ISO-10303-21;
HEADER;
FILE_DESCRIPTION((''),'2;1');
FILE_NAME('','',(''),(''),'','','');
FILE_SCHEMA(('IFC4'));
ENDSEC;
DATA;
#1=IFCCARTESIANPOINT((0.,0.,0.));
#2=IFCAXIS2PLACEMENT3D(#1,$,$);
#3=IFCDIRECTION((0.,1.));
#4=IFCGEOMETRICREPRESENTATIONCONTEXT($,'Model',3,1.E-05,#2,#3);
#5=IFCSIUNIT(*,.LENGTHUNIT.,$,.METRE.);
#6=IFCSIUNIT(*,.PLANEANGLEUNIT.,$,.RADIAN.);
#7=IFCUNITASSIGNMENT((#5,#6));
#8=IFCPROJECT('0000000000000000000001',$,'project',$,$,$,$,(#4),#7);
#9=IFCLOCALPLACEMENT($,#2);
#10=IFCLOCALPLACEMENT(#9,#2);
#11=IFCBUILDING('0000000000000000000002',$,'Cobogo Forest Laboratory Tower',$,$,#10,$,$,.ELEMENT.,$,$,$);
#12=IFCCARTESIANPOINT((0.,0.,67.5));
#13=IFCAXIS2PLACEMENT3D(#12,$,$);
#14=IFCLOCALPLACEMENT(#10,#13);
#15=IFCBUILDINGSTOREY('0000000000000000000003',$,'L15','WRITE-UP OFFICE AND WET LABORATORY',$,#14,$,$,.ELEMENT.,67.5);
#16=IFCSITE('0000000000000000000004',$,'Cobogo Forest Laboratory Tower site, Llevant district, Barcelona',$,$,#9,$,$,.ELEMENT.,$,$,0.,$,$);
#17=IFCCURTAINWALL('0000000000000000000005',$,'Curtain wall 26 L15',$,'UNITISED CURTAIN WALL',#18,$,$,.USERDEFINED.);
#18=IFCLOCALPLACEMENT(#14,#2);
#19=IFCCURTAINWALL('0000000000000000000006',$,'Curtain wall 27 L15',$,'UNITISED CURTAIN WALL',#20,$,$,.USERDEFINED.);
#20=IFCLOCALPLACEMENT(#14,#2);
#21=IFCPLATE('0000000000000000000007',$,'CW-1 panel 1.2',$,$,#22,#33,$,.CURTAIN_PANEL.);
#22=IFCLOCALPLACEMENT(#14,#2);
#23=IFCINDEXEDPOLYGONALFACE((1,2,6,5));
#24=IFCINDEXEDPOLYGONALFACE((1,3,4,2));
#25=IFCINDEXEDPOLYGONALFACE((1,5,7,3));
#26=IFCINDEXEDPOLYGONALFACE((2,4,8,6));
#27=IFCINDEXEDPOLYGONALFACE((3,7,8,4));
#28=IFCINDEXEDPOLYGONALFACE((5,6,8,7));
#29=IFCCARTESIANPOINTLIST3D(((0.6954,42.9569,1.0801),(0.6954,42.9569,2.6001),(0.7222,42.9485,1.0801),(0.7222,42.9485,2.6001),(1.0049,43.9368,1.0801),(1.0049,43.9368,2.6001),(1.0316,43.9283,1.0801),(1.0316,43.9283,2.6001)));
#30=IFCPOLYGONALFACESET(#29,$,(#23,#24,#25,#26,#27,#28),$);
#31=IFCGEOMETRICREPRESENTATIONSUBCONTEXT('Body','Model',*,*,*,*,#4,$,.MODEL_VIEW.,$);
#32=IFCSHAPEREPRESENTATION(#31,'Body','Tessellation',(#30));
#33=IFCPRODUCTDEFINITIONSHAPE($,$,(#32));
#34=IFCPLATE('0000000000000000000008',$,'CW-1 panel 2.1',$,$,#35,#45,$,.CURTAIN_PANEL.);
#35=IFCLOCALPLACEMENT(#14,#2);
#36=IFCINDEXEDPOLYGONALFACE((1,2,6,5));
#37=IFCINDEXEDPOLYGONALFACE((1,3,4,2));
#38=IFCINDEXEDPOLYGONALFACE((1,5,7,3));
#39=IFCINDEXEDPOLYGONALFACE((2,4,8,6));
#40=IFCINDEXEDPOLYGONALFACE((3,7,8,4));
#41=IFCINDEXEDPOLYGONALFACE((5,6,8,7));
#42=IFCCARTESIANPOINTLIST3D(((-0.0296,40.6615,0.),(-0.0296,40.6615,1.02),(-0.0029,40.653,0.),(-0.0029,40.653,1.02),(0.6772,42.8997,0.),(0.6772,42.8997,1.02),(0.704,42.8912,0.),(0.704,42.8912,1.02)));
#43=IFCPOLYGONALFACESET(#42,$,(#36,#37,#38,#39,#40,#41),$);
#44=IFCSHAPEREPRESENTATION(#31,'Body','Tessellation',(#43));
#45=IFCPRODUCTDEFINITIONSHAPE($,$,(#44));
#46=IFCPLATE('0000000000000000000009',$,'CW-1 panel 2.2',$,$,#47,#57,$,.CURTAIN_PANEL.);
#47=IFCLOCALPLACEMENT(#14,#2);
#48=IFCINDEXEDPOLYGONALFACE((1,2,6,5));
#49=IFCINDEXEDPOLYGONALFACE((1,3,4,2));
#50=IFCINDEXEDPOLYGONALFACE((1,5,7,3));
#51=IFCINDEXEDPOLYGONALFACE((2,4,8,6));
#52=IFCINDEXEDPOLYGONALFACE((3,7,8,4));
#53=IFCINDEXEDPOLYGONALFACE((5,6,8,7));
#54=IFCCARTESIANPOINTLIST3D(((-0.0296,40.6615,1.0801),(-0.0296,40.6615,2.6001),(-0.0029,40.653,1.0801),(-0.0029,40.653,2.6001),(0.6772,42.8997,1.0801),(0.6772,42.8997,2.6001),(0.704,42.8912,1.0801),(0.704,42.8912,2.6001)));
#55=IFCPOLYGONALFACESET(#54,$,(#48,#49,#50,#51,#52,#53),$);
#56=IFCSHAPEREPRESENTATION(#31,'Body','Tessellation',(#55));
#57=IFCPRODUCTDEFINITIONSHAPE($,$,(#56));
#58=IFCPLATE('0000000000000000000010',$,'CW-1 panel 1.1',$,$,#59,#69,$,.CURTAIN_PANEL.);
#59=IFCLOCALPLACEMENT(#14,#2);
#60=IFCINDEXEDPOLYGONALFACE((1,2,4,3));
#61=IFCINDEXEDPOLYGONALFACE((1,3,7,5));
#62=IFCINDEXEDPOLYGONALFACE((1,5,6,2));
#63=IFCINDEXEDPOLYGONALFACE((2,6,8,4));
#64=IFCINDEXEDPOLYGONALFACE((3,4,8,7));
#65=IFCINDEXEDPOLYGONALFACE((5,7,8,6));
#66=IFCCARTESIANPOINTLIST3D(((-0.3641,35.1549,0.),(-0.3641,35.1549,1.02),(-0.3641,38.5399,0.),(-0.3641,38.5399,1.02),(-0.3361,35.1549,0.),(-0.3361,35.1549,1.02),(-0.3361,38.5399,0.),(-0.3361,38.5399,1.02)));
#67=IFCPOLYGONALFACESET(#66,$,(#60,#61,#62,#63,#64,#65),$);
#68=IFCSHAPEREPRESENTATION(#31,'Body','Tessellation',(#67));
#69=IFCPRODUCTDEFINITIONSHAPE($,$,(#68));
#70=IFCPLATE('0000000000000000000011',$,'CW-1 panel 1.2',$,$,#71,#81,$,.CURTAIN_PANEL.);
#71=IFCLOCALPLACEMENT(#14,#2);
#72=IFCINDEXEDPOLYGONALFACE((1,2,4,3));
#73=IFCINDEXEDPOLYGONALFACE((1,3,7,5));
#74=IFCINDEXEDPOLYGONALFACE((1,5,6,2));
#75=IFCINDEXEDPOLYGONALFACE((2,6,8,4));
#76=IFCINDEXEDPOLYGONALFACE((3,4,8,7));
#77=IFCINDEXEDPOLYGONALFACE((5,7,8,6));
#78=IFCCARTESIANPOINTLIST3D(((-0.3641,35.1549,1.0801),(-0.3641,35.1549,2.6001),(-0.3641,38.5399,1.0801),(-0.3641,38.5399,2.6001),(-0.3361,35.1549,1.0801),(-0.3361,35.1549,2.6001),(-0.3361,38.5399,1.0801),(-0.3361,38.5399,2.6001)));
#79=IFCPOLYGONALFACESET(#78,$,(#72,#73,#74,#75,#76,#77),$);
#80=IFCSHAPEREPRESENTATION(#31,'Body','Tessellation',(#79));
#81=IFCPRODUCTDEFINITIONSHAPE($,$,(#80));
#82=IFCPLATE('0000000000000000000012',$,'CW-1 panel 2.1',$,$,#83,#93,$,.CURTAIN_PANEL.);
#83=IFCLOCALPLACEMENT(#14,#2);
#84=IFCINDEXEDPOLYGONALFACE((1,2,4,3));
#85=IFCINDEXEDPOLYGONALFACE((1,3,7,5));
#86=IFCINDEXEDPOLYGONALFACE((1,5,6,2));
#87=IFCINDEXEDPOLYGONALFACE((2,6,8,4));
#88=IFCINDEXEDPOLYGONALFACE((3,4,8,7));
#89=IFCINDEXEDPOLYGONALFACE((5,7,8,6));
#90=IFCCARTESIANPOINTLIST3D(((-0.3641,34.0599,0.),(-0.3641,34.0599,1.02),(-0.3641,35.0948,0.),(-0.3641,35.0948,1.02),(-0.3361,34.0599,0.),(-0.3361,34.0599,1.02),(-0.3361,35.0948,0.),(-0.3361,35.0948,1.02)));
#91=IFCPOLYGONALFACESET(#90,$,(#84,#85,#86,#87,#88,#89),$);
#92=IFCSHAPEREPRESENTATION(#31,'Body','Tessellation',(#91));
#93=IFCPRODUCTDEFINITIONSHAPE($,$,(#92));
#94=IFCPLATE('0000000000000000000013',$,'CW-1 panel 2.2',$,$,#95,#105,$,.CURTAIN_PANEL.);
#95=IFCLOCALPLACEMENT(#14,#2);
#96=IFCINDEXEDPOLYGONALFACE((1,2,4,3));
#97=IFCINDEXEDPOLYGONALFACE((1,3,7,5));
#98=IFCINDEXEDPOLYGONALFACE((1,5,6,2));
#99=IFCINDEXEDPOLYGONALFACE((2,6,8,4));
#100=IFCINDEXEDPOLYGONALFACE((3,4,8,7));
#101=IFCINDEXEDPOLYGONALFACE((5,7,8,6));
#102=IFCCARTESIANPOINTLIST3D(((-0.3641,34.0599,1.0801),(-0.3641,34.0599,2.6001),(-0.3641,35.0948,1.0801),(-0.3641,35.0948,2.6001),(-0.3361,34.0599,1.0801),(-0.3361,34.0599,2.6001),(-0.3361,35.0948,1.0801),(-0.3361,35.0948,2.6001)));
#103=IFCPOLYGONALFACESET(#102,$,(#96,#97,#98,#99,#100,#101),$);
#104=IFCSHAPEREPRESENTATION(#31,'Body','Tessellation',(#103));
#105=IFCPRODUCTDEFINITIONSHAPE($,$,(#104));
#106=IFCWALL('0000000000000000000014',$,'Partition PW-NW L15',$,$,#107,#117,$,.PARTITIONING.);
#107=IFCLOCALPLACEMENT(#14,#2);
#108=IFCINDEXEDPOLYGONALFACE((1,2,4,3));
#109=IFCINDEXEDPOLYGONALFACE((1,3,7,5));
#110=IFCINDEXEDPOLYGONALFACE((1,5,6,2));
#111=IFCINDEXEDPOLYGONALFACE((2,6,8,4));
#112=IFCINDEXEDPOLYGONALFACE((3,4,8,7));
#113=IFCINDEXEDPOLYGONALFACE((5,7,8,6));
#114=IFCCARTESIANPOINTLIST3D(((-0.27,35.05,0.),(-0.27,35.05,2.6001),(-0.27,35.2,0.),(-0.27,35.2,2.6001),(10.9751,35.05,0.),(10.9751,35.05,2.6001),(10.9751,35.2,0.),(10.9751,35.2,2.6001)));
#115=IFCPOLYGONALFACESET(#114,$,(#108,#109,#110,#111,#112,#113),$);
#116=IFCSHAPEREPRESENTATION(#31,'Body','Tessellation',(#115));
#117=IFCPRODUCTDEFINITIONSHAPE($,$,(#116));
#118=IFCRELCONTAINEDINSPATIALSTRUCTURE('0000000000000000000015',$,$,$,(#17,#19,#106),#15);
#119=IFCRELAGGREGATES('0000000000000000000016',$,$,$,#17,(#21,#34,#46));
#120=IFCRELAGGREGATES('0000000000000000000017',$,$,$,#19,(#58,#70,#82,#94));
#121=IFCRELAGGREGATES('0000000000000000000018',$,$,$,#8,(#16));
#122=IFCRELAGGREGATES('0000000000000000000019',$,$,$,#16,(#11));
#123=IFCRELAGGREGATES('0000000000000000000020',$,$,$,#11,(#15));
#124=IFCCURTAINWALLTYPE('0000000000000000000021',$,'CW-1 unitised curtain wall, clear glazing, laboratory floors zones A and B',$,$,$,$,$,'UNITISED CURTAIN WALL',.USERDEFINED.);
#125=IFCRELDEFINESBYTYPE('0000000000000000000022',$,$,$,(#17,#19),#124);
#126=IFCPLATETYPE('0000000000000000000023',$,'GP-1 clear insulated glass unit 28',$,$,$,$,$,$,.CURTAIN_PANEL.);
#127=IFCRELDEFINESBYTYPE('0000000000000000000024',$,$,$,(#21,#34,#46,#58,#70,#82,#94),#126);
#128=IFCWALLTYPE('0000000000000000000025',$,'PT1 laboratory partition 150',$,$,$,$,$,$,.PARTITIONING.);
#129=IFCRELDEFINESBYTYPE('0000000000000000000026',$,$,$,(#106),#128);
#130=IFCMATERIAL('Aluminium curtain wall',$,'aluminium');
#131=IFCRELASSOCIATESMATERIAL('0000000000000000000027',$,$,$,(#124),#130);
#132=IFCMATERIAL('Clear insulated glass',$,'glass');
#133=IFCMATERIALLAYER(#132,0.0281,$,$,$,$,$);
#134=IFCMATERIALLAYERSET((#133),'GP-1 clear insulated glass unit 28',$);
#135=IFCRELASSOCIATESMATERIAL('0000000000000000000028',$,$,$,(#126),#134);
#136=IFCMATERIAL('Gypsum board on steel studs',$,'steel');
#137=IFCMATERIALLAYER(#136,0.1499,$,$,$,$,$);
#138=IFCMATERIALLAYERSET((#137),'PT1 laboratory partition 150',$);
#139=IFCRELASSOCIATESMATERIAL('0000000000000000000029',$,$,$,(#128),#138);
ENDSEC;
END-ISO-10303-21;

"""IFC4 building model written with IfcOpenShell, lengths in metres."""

from ifc_helpers import new_model, si_unit, direction, frame, frame_2d, origin, origin_2d, place, context, subcontext, project, spatial, rectangle, extrude, material, layer, layer_set, type_object, element, aggregate, save


model = new_model("IFC4")

# Units and contexts
model_context = context("Model", 3, precision=1e-05, world=origin(), true_north=direction((0.0, 1.0)))
body_context = subcontext(model_context, "Body", "Model", "MODEL_VIEW")
ifc_project = project(units=[si_unit("LENGTHUNIT", "METRE"), si_unit("PLANEANGLEUNIT", "RADIAN")], contexts=[model_context])

# Site, building, storey
site_placement = place(None, origin())
site = spatial("IfcSite", under=ifc_project, at=site_placement, Name="Cobogo Forest Laboratory Tower site, Llevant district, Barcelona", CompositionType="ELEMENT", RefElevation=0.0)
building_placement = place(site_placement, origin())
building = spatial("IfcBuilding", under=site, at=building_placement, Name="Cobogo Forest Laboratory Tower", CompositionType="ELEMENT")
storey_placement = place(building_placement, frame((0.0, 0.0, 67.5)))
storey = spatial("IfcBuildingStorey", under=building, at=storey_placement, Name="L15", Description="WRITE-UP OFFICE AND WET LABORATORY", CompositionType="ELEMENT", Elevation=67.5)

# Shared definitions
ifc_material_1 = material(Name="Aluminium curtain wall", Category="aluminium")
curtain_wall_type = type_object("IfcCurtainWallType", Name="CW-1 unitised curtain wall, clear glazing, laboratory floors zones A and B", ElementType="UNITISED CURTAIN WALL", PredefinedType="USERDEFINED", material=ifc_material_1)

# Curtain walls
curtain_wall_1_placement = place(storey_placement, origin())
curtain_wall_1 = element("IfcCurtainWall", 1, at=curtain_wall_1_placement, inside=storey, type_object=curtain_wall_type, Name="Curtain wall 26 L15", ObjectType="UNITISED CURTAIN WALL", PredefinedType="USERDEFINED")
curtain_wall_2_placement = place(storey_placement, origin())
curtain_wall_2 = element("IfcCurtainWall", 2, at=curtain_wall_2_placement, inside=storey, type_object=curtain_wall_type, Name="Curtain wall 27 L15", ObjectType="UNITISED CURTAIN WALL", PredefinedType="USERDEFINED")

# Plates
ifc_material_2 = material(Name="Clear insulated glass", Category="glass")
ifc_layer_1 = layer(ifc_material_2, 0.0281)
ifc_layer_set_1 = layer_set([ifc_layer_1], Name="GP-1 clear insulated glass unit 28")
plate_type_1 = type_object("IfcPlateType", Name="GP-1 clear insulated glass unit 28", PredefinedType="CURTAIN_PANEL", material=ifc_layer_set_1)
plate_1_placement = place(storey_placement, frame((0.8635, 43.4426, 1.0801), z_axis=(0.0, 0.0, 1.0), x_axis=(-0.301135, -0.953581, 0.0)))
plate_1 = element("IfcPlate", 3, at=plate_1_placement, type_object=plate_type_1, Name="CW-1 panel 1.2", PredefinedType="CURTAIN_PANEL", context=body_context, shape_type="SweptSolid", body=[
    extrude(rectangle(XDim=1.0276, YDim=0.0281, at=origin_2d()), origin(), (0.0, 0.0, 1.0), 1.52),
])
plate_2_placement = place(storey_placement, frame((0.3372, 41.7764, 0.0), z_axis=(0.0, 0.0, 1.0), x_axis=(-0.301135, -0.953581, 0.0)))
plate_2 = element("IfcPlate", 4, at=plate_2_placement, type_object=plate_type_1, Name="CW-1 panel 2.1", PredefinedType="CURTAIN_PANEL", context=body_context, shape_type="SweptSolid", body=[
    extrude(rectangle(XDim=2.3472, YDim=0.0281, at=origin_2d()), origin(), (0.0, 0.0, 1.0), 1.02),
])
plate_3_placement = place(storey_placement, frame((0.3372, 41.7764, 1.0801), z_axis=(0.0, 0.0, 1.0), x_axis=(-0.301135, -0.953581, 0.0)))
plate_3 = element("IfcPlate", 5, at=plate_3_placement, type_object=plate_type_1, Name="CW-1 panel 2.2", PredefinedType="CURTAIN_PANEL", context=body_context, shape_type="SweptSolid", body=[
    extrude(rectangle(XDim=2.3472, YDim=0.0281, at=origin_2d()), origin(), (0.0, 0.0, 1.0), 1.52),
])
aggregate(curtain_wall_1, [plate_1, plate_2, plate_3])
plate_4_placement = place(storey_placement, frame((-0.3501, 36.8474, 0.0), z_axis=(0.0, 0.0, 1.0), x_axis=(0.0, -1.0, 0.0)))
plate_4 = element("IfcPlate", 6, at=plate_4_placement, type_object=plate_type_1, Name="CW-1 panel 1.1", PredefinedType="CURTAIN_PANEL", context=body_context, shape_type="SweptSolid", body=[
    extrude(rectangle(XDim=3.385, YDim=0.0281, at=origin_2d()), origin(), (0.0, 0.0, 1.0), 1.02),
])
plate_5_placement = place(storey_placement, frame((-0.3501, 36.8474, 1.0801), z_axis=(0.0, 0.0, 1.0), x_axis=(0.0, -1.0, 0.0)))
plate_5 = element("IfcPlate", 7, at=plate_5_placement, type_object=plate_type_1, Name="CW-1 panel 1.2", PredefinedType="CURTAIN_PANEL", context=body_context, shape_type="SweptSolid", body=[
    extrude(rectangle(XDim=3.385, YDim=0.0281, at=origin_2d()), origin(), (0.0, 0.0, 1.0), 1.52),
])
plate_6_placement = place(storey_placement, frame((-0.3501, 34.5774, 0.0), z_axis=(0.0, 0.0, 1.0), x_axis=(0.0, -1.0, 0.0)))
plate_6 = element("IfcPlate", 8, at=plate_6_placement, type_object=plate_type_1, Name="CW-1 panel 2.1", PredefinedType="CURTAIN_PANEL", context=body_context, shape_type="SweptSolid", body=[
    extrude(rectangle(XDim=1.0349, YDim=0.0281, at=origin_2d()), origin(), (0.0, 0.0, 1.0), 1.02),
])
plate_7_placement = place(storey_placement, frame((-0.3501, 34.5774, 1.0801), z_axis=(0.0, 0.0, 1.0), x_axis=(0.0, -1.0, 0.0)))
plate_7 = element("IfcPlate", 9, at=plate_7_placement, type_object=plate_type_1, Name="CW-1 panel 2.2", PredefinedType="CURTAIN_PANEL", context=body_context, shape_type="SweptSolid", body=[
    extrude(rectangle(XDim=1.0349, YDim=0.0281, at=origin_2d()), origin(), (0.0, 0.0, 1.0), 1.52),
])
aggregate(curtain_wall_2, [plate_4, plate_5, plate_6, plate_7])

# Wall
ifc_material_3 = material(Name="Gypsum board on steel studs", Category="steel")
ifc_layer_2 = layer(ifc_material_3, 0.1499)
ifc_layer_set_2 = layer_set([ifc_layer_2], Name="PT1 laboratory partition 150")
wall_type = type_object("IfcWallType", Name="PT1 laboratory partition 150", PredefinedType="PARTITIONING", material=ifc_layer_set_2)
wall_placement = place(storey_placement, frame((-0.27, 35.125, 0.0), z_axis=(0.0, 0.0, 1.0), x_axis=(1.0, 0.0, 0.0)))
element("IfcWall", 10, at=wall_placement, inside=storey, type_object=wall_type, Name="Partition PW-NW L15", PredefinedType="PARTITIONING", context=body_context, shape_type="SweptSolid", body=[
    extrude(rectangle(XDim=11.2451, YDim=0.1499, at=frame_2d((5.6226, 0.0))), origin(), (0.0, 0.0, 1.0), 2.6001),
])

save(model, "model.ifc")
